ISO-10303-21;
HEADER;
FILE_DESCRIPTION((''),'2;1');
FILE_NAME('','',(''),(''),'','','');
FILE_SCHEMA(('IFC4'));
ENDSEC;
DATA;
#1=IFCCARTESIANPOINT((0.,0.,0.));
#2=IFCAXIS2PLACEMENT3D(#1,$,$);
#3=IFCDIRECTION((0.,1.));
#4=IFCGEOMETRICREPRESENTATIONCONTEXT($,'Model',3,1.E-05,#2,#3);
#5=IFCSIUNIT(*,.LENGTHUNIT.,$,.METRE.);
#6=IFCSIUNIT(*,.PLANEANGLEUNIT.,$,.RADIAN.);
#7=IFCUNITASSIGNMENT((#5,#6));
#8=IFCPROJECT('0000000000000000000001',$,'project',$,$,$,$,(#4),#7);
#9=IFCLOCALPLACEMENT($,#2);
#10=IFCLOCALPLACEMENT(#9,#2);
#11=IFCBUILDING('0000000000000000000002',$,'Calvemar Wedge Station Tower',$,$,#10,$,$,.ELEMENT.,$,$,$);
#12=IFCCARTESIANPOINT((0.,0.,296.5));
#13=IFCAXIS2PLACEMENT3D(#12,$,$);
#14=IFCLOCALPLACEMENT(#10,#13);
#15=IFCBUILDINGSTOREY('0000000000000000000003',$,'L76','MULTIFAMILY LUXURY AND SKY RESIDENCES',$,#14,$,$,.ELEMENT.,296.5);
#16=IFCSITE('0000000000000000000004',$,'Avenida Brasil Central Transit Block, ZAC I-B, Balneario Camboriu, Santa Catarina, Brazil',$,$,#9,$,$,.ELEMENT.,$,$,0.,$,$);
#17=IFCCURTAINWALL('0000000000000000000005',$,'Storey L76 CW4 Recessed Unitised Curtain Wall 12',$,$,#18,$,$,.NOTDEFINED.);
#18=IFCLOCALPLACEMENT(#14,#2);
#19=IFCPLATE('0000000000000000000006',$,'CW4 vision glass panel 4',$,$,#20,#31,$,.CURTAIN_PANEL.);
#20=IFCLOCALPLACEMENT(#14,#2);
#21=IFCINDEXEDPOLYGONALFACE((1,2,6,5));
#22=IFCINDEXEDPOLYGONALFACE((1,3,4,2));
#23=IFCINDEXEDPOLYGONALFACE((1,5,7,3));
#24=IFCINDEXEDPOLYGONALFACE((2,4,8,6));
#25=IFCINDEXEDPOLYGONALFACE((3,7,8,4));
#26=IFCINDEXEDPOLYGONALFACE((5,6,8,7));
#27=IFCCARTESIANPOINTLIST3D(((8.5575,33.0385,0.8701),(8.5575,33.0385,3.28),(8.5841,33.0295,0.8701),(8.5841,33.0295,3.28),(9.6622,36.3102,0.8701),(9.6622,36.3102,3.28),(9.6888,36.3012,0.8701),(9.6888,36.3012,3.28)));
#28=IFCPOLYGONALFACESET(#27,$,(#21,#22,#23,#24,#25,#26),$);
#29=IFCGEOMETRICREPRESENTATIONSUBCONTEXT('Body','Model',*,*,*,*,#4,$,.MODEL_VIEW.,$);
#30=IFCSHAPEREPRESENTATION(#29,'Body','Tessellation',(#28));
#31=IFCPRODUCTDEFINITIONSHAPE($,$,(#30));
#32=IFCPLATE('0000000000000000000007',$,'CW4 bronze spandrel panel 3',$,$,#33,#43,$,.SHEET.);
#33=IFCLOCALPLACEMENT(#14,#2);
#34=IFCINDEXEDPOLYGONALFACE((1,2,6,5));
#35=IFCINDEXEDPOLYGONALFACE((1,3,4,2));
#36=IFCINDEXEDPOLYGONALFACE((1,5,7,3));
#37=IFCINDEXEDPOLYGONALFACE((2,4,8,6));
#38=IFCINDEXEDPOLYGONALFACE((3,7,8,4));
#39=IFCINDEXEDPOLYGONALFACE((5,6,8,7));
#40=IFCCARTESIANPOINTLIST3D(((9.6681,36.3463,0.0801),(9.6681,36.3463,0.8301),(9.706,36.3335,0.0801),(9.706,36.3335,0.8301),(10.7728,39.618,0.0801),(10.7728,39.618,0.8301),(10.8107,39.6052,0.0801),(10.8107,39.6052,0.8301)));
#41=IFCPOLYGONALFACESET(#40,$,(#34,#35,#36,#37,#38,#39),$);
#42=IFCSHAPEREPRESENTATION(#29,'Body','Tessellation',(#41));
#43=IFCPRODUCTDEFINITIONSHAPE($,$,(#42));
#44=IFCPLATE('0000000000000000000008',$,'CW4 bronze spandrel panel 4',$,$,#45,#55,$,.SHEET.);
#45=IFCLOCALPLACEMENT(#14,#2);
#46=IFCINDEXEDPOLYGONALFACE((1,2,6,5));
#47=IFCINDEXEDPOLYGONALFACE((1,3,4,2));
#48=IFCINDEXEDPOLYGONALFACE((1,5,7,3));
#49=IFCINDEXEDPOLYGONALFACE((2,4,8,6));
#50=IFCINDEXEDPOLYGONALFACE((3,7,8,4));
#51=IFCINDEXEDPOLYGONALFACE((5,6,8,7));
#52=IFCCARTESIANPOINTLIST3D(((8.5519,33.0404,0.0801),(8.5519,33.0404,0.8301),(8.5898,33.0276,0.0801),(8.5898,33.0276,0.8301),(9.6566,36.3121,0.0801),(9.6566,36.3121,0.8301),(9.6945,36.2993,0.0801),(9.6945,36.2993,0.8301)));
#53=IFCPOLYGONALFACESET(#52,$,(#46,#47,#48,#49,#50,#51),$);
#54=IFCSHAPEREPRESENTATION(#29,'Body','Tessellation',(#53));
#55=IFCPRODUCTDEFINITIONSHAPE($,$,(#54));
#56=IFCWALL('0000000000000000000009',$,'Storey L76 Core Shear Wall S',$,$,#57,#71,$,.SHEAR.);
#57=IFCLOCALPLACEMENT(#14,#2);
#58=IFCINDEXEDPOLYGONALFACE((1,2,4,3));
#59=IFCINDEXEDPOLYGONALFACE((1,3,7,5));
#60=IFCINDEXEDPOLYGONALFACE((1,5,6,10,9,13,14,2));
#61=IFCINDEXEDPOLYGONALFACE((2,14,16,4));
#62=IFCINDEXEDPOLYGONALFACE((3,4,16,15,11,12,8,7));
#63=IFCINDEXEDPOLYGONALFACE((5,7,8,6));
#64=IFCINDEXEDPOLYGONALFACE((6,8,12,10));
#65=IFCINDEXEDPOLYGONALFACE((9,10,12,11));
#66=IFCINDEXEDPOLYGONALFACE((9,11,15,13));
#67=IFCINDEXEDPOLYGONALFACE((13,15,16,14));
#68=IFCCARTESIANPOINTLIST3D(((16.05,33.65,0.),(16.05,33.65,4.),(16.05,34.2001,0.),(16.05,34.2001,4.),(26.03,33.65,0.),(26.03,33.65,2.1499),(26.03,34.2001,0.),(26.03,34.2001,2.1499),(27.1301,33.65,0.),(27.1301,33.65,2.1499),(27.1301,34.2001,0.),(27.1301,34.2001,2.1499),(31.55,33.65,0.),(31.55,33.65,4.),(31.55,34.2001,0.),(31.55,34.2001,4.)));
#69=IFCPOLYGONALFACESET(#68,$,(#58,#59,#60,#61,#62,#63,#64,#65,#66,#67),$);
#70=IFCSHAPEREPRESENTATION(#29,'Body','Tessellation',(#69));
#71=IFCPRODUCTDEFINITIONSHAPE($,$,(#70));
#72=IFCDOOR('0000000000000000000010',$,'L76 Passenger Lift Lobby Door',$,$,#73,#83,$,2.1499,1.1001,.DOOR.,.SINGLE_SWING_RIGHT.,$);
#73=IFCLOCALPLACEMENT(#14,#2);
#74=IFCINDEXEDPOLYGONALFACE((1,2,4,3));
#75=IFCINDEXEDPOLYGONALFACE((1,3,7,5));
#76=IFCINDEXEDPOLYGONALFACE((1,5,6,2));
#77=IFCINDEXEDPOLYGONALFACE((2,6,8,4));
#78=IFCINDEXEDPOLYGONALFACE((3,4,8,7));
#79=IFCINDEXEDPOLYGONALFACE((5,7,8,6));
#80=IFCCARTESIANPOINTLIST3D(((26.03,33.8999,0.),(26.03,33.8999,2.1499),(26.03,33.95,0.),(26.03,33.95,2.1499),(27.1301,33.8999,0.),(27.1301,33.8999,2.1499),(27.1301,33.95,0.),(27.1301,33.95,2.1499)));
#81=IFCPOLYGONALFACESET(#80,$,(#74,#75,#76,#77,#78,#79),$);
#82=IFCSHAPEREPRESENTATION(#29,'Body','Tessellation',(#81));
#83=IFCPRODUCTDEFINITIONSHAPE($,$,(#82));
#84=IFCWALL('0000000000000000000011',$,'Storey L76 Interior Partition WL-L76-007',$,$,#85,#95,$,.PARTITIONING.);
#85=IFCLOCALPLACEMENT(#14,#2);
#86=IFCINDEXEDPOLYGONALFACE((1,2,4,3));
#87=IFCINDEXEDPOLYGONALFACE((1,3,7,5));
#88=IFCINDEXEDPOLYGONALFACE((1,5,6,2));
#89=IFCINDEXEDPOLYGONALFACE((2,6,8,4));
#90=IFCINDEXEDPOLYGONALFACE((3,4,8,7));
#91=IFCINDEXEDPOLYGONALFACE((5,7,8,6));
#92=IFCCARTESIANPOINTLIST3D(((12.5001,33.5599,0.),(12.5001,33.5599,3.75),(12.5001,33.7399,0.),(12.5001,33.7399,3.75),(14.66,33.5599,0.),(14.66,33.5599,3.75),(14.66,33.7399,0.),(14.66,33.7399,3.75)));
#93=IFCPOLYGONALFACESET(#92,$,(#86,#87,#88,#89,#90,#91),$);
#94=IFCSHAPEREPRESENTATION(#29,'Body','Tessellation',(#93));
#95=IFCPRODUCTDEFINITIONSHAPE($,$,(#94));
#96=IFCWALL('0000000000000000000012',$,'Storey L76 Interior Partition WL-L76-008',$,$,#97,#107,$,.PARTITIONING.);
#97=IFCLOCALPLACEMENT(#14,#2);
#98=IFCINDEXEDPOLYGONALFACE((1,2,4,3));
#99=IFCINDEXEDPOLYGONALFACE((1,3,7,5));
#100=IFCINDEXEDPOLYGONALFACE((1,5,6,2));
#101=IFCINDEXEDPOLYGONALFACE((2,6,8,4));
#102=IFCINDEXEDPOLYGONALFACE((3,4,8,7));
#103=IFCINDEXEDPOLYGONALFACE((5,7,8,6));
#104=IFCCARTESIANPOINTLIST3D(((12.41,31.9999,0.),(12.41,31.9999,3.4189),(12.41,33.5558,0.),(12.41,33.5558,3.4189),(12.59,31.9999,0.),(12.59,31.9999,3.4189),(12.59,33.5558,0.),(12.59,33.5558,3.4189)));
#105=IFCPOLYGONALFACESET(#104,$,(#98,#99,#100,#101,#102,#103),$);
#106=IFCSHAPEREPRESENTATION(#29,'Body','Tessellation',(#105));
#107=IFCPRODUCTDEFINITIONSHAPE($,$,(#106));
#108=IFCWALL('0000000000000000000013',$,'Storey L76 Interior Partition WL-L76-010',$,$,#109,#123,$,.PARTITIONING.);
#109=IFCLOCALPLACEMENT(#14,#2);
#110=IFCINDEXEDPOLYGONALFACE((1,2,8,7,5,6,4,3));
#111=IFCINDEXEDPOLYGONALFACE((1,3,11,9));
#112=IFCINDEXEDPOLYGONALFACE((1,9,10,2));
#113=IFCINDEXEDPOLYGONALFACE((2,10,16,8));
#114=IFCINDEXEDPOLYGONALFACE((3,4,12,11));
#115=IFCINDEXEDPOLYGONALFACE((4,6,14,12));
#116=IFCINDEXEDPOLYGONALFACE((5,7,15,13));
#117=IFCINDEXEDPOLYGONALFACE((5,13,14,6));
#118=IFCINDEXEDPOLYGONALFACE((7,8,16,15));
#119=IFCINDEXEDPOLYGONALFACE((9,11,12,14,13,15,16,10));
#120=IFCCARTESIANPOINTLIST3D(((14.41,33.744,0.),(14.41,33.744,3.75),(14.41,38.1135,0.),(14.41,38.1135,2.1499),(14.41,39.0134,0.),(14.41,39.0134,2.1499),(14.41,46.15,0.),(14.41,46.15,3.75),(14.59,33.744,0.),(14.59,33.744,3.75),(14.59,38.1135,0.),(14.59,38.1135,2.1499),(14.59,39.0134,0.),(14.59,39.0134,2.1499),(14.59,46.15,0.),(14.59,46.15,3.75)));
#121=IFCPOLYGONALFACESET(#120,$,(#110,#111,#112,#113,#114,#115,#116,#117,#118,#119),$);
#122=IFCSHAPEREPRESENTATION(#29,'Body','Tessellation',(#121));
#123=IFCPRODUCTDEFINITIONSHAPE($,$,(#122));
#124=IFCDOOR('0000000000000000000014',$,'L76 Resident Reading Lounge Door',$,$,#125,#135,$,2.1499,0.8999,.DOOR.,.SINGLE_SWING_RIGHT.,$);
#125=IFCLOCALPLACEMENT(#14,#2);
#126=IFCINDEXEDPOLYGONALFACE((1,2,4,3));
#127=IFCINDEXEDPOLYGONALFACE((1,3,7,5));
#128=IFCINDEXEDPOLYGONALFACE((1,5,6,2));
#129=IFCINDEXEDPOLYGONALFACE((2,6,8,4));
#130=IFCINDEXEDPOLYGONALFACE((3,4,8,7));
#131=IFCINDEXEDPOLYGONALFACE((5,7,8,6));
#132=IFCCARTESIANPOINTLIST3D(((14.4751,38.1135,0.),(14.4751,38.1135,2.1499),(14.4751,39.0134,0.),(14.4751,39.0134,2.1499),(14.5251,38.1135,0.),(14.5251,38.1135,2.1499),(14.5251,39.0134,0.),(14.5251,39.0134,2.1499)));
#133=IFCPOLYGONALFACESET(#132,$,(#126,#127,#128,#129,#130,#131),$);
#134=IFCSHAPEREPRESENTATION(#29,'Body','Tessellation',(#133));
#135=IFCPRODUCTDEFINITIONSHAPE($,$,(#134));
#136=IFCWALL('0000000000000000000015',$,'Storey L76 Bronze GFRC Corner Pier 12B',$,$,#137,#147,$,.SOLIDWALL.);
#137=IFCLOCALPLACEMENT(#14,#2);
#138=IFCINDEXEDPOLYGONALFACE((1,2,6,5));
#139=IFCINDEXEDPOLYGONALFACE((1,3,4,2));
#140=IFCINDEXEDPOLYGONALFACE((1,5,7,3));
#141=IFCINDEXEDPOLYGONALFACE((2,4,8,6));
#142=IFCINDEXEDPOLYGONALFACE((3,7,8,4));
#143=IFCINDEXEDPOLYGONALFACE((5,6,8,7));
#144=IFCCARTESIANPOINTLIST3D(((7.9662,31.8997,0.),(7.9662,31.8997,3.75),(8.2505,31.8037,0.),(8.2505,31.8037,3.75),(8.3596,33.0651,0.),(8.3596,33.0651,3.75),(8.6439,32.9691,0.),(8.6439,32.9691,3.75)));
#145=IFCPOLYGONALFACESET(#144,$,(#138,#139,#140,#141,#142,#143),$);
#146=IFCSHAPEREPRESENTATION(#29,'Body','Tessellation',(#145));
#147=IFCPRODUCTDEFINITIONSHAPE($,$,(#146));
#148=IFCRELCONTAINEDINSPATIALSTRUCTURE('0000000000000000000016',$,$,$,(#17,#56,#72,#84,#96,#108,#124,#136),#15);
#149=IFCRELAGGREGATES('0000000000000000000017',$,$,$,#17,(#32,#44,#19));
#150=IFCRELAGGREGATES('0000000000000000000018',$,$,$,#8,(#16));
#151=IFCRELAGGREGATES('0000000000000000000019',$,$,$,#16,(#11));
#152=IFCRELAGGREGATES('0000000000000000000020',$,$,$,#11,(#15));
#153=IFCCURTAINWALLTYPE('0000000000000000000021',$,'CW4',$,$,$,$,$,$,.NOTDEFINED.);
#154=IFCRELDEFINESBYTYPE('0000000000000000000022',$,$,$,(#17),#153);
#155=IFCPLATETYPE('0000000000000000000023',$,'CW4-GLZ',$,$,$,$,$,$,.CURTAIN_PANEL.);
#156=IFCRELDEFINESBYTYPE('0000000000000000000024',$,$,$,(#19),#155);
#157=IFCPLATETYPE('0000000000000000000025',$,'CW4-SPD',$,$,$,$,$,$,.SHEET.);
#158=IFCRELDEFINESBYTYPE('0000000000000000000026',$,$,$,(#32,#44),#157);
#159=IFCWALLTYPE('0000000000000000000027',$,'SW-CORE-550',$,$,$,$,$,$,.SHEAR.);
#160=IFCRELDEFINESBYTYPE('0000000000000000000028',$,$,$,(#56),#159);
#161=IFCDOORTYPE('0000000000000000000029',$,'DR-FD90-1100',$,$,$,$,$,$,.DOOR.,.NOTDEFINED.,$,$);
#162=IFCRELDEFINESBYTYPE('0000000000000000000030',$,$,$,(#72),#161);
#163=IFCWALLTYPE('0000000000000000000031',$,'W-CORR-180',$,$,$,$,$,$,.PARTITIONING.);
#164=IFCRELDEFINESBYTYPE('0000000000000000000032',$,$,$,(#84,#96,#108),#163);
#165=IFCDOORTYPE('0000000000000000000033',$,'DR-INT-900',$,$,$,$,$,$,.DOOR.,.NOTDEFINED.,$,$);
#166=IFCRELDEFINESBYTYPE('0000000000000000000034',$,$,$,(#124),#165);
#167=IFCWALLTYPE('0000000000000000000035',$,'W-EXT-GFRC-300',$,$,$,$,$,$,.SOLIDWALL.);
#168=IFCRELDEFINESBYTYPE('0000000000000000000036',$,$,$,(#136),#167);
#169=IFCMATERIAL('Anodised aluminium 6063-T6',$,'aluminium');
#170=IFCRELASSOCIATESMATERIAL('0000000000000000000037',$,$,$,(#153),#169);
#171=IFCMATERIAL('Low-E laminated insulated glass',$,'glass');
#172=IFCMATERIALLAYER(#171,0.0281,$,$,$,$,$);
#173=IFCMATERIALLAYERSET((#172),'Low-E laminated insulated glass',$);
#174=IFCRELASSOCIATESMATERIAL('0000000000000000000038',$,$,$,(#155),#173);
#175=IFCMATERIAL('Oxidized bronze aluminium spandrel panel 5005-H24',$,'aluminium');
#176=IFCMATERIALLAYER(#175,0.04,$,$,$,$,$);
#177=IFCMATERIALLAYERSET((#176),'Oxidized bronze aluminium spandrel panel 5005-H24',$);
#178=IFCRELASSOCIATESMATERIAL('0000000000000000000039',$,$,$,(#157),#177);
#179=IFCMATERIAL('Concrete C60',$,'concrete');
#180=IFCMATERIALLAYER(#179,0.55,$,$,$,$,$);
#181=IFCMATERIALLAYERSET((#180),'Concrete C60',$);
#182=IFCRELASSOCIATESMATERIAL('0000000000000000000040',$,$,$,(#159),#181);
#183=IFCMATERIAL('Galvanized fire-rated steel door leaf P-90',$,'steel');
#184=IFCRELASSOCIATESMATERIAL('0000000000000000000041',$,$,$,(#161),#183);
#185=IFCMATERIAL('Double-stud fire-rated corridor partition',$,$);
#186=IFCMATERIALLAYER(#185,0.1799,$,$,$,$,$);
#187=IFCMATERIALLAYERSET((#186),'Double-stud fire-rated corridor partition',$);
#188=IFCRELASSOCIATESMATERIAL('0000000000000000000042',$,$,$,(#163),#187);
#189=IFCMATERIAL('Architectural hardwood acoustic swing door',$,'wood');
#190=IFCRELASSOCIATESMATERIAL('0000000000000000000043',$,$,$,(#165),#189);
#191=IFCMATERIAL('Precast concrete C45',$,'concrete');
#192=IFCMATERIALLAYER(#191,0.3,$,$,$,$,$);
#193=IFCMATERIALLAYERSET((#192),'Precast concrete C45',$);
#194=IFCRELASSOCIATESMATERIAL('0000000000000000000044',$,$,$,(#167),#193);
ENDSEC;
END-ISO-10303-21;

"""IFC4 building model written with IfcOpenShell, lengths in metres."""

from ifc_helpers import new_model, si_unit, direction, frame, frame_2d, origin, place, context, subcontext, project, spatial, rectangle, extrude, source, transform, mapped, material, layer, layer_set, type_object, element, fill, aggregate, save


model = new_model("IFC4")

# Units and contexts
model_context = context("Model", 3, precision=1e-05, world=origin(), true_north=direction((0.0, 1.0)))
body_context = subcontext(model_context, "Body", "Model", "MODEL_VIEW")
ifc_project = project(units=[si_unit("LENGTHUNIT", "METRE"), si_unit("PLANEANGLEUNIT", "RADIAN")], contexts=[model_context])

# Site, building, storey
site_placement = place(None, origin())
site = spatial("IfcSite", under=ifc_project, at=site_placement, Name="Avenida Brasil Central Transit Block, ZAC I-B, Balneario Camboriu, Santa Catarina, Brazil", CompositionType="ELEMENT", RefElevation=0.0)
building_placement = place(site_placement, origin())
building = spatial("IfcBuilding", under=site, at=building_placement, Name="Calvemar Wedge Station Tower", CompositionType="ELEMENT")
storey_placement = place(building_placement, frame((0.0, 0.0, 296.5)))
storey = spatial("IfcBuildingStorey", under=building, at=storey_placement, Name="L76", Description="MULTIFAMILY LUXURY AND SKY RESIDENCES", CompositionType="ELEMENT", Elevation=296.5)

# Curtain wall, plates
ifc_material_1 = material(Name="Anodised aluminium 6063-T6", Category="aluminium")
curtain_wall_type = type_object("IfcCurtainWallType", Name="CW4", PredefinedType="NOTDEFINED", material=ifc_material_1)
curtain_wall_placement = place(storey_placement, origin())
curtain_wall = element("IfcCurtainWall", 1, at=curtain_wall_placement, inside=storey, type_object=curtain_wall_type, Name="Storey L76 CW4 Recessed Unitised Curtain Wall 12", PredefinedType="NOTDEFINED")
ifc_material_2 = material(Name="Low-E laminated insulated glass", Category="glass")
ifc_layer_1 = layer(ifc_material_2, 0.0281)
ifc_layer_set_1 = layer_set([ifc_layer_1], Name="Low-E laminated insulated glass")
plate_type_1 = type_object("IfcPlateType", Name="CW4-GLZ", PredefinedType="CURTAIN_PANEL", material=ifc_layer_set_1)
plate_1_placement = place(storey_placement, frame((9.6755, 36.3057, 0.8701), z_axis=(0.0, 0.0, 1.0), x_axis=(-0.319916, -0.947446, 0.0)))
plate_1 = element("IfcPlate", 2, at=plate_1_placement, type_object=plate_type_1, Name="CW4 vision glass panel 4", PredefinedType="CURTAIN_PANEL", context=body_context, shape_type="SweptSolid", body=[
    extrude(rectangle(XDim=3.4531, YDim=0.0281, at=frame_2d((1.7266, 0.0))), origin(), (0.0, 0.0, 1.0), 2.4099),
])
ifc_material_3 = material(Name="Oxidized bronze aluminium spandrel panel 5005-H24", Category="aluminium")
ifc_layer_2 = layer(ifc_material_3, 0.04)
ifc_layer_set_2 = layer_set([ifc_layer_2], Name="Oxidized bronze aluminium spandrel panel 5005-H24")
plate_type_2 = type_object("IfcPlateType", Name="CW4-SPD", PredefinedType="SHEET", material=ifc_layer_set_2)
plate_2_placement = place(storey_placement, frame((10.7917, 39.6116, 0.0801), z_axis=(0.0, 0.0, 1.0), x_axis=(-0.319916, -0.947446, 0.0)))
plate_2 = element("IfcPlate", 3, at=plate_2_placement, type_object=plate_type_2, Name="CW4 bronze spandrel panel 3", PredefinedType="SHEET", context=body_context, shape_type="SweptSolid", body=[
    extrude(rectangle(XDim=3.4531, YDim=0.04, at=frame_2d((1.7266, 0.0))), origin(), (0.0, 0.0, 1.0), 0.75),
])
plate_3_placement = place(storey_placement, frame((9.6755, 36.3057, 0.0801), z_axis=(0.0, 0.0, 1.0), x_axis=(-0.319916, -0.947446, 0.0)))
plate_3 = element("IfcPlate", 4, at=plate_3_placement, type_object=plate_type_2, Name="CW4 bronze spandrel panel 4", PredefinedType="SHEET", context=body_context, shape_type="SweptSolid", body=[
    extrude(rectangle(XDim=3.4531, YDim=0.04, at=frame_2d((1.7266, 0.0))), origin(), (0.0, 0.0, 1.0), 0.75),
])
aggregate(curtain_wall, [plate_2, plate_3, plate_1])

# Wall, opening, door
ifc_material_4 = material(Name="Concrete C60", Category="concrete")
ifc_layer_3 = layer(ifc_material_4, 0.55)
ifc_layer_set_3 = layer_set([ifc_layer_3], Name="Concrete C60")
wall_type_1 = type_object("IfcWallType", Name="SW-CORE-550", PredefinedType="SHEAR", material=ifc_layer_set_3)
wall_1_placement = place(storey_placement, frame((16.05, 33.925, 0.0), z_axis=(0.0, 0.0, 1.0), x_axis=(1.0, 0.0, 0.0)))
wall_1 = element("IfcWall", 5, at=wall_1_placement, inside=storey, type_object=wall_type_1, Name="Storey L76 Core Shear Wall S", PredefinedType="SHEAR", context=body_context, shape_type="SweptSolid", body=[
    extrude(rectangle(XDim=15.5, YDim=0.55, at=frame_2d((7.75, 0.0))), origin(), (0.0, 0.0, 1.0), 4.0),
])
shared_shape_1 = source(origin(), body_context, "Body", "SweptSolid", [
    extrude(rectangle(XDim=1.1001, YDim=2.1499, at=frame_2d((0.55, 1.075))), frame((0.0, 0.2852, 0.0), z_axis=(0.0, -1.0, 0.0), x_axis=(1.0, 0.0, 0.0)), (0.0, 0.0, 1.0), 0.5701),
])
opening_1_placement = place(wall_1_placement, frame((9.98, 0.0, 0.0)))
opening_1 = element("IfcOpeningElement", 6, at=opening_1_placement, cuts=wall_1, PredefinedType="OPENING", context=body_context, shape_type="MappedRepresentation", body=[
    mapped(shared_shape_1, transform((0.0, 0.0, 0.0), scale=1.0)),
])
ifc_material_5 = material(Name="Galvanized fire-rated steel door leaf P-90", Category="steel")
door_type_1 = type_object("IfcDoorType", Name="DR-FD90-1100", OperationType="NOTDEFINED", PredefinedType="DOOR", material=ifc_material_5)
shared_shape_2 = source(origin(), body_context, "Body", "SweptSolid", [
    extrude(rectangle(XDim=1.1001, YDim=2.1499, at=frame_2d((0.55, 1.075))), frame((0.0, 0.0249, 0.0), z_axis=(0.0, -1.0, 0.0), x_axis=(1.0, 0.0, 0.0)), (0.0, 0.0, 1.0), 0.05),
])
door_1_placement = place(opening_1_placement, origin())
door_1 = element("IfcDoor", 7, at=door_1_placement, inside=storey, type_object=door_type_1, Name="L76 Passenger Lift Lobby Door", OperationType="SINGLE_SWING_RIGHT", OverallHeight=2.1499, OverallWidth=1.1001, PredefinedType="DOOR", context=body_context, shape_type="MappedRepresentation", body=[
    mapped(shared_shape_2, transform((0.0, 0.0, 0.0), scale=1.0)),
])
fill(opening_1, door_1)

# Walls
ifc_material_6 = material(Name="Double-stud fire-rated corridor partition")
ifc_layer_4 = layer(ifc_material_6, 0.1799)
ifc_layer_set_4 = layer_set([ifc_layer_4], Name="Double-stud fire-rated corridor partition")
wall_type_2 = type_object("IfcWallType", Name="W-CORR-180", PredefinedType="PARTITIONING", material=ifc_layer_set_4)
wall_2_placement = place(storey_placement, frame((12.5, 33.6499, 0.0), z_axis=(0.0, 0.0, 1.0), x_axis=(1.0, 0.0, 0.0)))
element("IfcWall", 8, at=wall_2_placement, inside=storey, type_object=wall_type_2, Name="Storey L76 Interior Partition WL-L76-007", PredefinedType="PARTITIONING", context=body_context, shape_type="SweptSolid", body=[
    extrude(rectangle(XDim=2.1599, YDim=0.1799, at=frame_2d((1.0801, 0.0))), origin(), (0.0, 0.0, 1.0), 3.75),
])
wall_3_placement = place(storey_placement, frame((12.5, 32.0, 0.0), z_axis=(0.0, 0.0, 1.0), x_axis=(0.0, 1.0, 0.0)))
element("IfcWall", 9, at=wall_3_placement, inside=storey, type_object=wall_type_2, Name="Storey L76 Interior Partition WL-L76-008", PredefinedType="PARTITIONING", context=body_context, shape_type="SweptSolid", body=[
    extrude(rectangle(XDim=1.5559, YDim=0.1799, at=frame_2d((0.7778, 0.0))), origin(), (0.0, 0.0, 1.0), 3.4189),
])

# Wall, opening, door
wall_4_placement = place(storey_placement, frame((14.5, 33.7439, 0.0), z_axis=(0.0, 0.0, 1.0), x_axis=(0.0, 1.0, 0.0)))
wall_4 = element("IfcWall", 10, at=wall_4_placement, inside=storey, type_object=wall_type_2, Name="Storey L76 Interior Partition WL-L76-010", PredefinedType="PARTITIONING", context=body_context, shape_type="SweptSolid", body=[
    extrude(rectangle(XDim=12.406, YDim=0.1799, at=frame_2d((6.2031, 0.0))), origin(), (0.0, 0.0, 1.0), 3.75),
])
shared_shape_3 = source(origin(), body_context, "Body", "SweptSolid", [
    extrude(rectangle(XDim=0.8999, YDim=2.1499, at=frame_2d((0.45, 1.075))), frame((0.0, 0.1001, 0.0), z_axis=(0.0, -1.0, 0.0), x_axis=(1.0, 0.0, 0.0)), (0.0, 0.0, 1.0), 0.2),
])
opening_2_placement = place(wall_4_placement, frame((4.3696, 0.0, 0.0)))
opening_2 = element("IfcOpeningElement", 11, at=opening_2_placement, cuts=wall_4, PredefinedType="OPENING", context=body_context, shape_type="MappedRepresentation", body=[
    mapped(shared_shape_3, transform((0.0, 0.0, 0.0), scale=1.0)),
])
ifc_material_7 = material(Name="Architectural hardwood acoustic swing door", Category="wood")
door_type_2 = type_object("IfcDoorType", Name="DR-INT-900", OperationType="NOTDEFINED", PredefinedType="DOOR", material=ifc_material_7)
shared_shape_4 = source(origin(), body_context, "Body", "SweptSolid", [
    extrude(rectangle(XDim=0.8999, YDim=2.1499, at=frame_2d((0.45, 1.075))), frame((0.0, 0.0249, 0.0), z_axis=(0.0, -1.0, 0.0), x_axis=(1.0, 0.0, 0.0)), (0.0, 0.0, 1.0), 0.05),
])
door_2_placement = place(opening_2_placement, origin())
door_2 = element("IfcDoor", 12, at=door_2_placement, inside=storey, type_object=door_type_2, Name="L76 Resident Reading Lounge Door", OperationType="SINGLE_SWING_RIGHT", OverallHeight=2.1499, OverallWidth=0.8999, PredefinedType="DOOR", context=body_context, shape_type="MappedRepresentation", body=[
    mapped(shared_shape_4, transform((0.0, 0.0, 0.0), scale=1.0)),
])
fill(opening_2, door_2)

# Wall
ifc_material_8 = material(Name="Precast concrete C45", Category="concrete")
ifc_layer_5 = layer(ifc_material_8, 0.3)
ifc_layer_set_5 = layer_set([ifc_layer_5], Name="Precast concrete C45")
wall_type_3 = type_object("IfcWallType", Name="W-EXT-GFRC-300", PredefinedType="SOLIDWALL", material=ifc_layer_set_5)
wall_5_placement = place(storey_placement, frame((8.5017, 33.0171, 0.0), z_axis=(0.0, 0.0, 1.0), x_axis=(-0.319799, -0.947486, 0.0)))
element("IfcWall", 13, at=wall_5_placement, inside=storey, type_object=wall_type_3, Name="Storey L76 Bronze GFRC Corner Pier 12B", PredefinedType="SOLIDWALL", context=body_context, shape_type="SweptSolid", body=[
    extrude(rectangle(XDim=1.23, YDim=0.3, at=frame_2d((0.615, 0.0))), origin(), (0.0, 0.0, 1.0), 3.75),
])

save(model, "model.ifc")
